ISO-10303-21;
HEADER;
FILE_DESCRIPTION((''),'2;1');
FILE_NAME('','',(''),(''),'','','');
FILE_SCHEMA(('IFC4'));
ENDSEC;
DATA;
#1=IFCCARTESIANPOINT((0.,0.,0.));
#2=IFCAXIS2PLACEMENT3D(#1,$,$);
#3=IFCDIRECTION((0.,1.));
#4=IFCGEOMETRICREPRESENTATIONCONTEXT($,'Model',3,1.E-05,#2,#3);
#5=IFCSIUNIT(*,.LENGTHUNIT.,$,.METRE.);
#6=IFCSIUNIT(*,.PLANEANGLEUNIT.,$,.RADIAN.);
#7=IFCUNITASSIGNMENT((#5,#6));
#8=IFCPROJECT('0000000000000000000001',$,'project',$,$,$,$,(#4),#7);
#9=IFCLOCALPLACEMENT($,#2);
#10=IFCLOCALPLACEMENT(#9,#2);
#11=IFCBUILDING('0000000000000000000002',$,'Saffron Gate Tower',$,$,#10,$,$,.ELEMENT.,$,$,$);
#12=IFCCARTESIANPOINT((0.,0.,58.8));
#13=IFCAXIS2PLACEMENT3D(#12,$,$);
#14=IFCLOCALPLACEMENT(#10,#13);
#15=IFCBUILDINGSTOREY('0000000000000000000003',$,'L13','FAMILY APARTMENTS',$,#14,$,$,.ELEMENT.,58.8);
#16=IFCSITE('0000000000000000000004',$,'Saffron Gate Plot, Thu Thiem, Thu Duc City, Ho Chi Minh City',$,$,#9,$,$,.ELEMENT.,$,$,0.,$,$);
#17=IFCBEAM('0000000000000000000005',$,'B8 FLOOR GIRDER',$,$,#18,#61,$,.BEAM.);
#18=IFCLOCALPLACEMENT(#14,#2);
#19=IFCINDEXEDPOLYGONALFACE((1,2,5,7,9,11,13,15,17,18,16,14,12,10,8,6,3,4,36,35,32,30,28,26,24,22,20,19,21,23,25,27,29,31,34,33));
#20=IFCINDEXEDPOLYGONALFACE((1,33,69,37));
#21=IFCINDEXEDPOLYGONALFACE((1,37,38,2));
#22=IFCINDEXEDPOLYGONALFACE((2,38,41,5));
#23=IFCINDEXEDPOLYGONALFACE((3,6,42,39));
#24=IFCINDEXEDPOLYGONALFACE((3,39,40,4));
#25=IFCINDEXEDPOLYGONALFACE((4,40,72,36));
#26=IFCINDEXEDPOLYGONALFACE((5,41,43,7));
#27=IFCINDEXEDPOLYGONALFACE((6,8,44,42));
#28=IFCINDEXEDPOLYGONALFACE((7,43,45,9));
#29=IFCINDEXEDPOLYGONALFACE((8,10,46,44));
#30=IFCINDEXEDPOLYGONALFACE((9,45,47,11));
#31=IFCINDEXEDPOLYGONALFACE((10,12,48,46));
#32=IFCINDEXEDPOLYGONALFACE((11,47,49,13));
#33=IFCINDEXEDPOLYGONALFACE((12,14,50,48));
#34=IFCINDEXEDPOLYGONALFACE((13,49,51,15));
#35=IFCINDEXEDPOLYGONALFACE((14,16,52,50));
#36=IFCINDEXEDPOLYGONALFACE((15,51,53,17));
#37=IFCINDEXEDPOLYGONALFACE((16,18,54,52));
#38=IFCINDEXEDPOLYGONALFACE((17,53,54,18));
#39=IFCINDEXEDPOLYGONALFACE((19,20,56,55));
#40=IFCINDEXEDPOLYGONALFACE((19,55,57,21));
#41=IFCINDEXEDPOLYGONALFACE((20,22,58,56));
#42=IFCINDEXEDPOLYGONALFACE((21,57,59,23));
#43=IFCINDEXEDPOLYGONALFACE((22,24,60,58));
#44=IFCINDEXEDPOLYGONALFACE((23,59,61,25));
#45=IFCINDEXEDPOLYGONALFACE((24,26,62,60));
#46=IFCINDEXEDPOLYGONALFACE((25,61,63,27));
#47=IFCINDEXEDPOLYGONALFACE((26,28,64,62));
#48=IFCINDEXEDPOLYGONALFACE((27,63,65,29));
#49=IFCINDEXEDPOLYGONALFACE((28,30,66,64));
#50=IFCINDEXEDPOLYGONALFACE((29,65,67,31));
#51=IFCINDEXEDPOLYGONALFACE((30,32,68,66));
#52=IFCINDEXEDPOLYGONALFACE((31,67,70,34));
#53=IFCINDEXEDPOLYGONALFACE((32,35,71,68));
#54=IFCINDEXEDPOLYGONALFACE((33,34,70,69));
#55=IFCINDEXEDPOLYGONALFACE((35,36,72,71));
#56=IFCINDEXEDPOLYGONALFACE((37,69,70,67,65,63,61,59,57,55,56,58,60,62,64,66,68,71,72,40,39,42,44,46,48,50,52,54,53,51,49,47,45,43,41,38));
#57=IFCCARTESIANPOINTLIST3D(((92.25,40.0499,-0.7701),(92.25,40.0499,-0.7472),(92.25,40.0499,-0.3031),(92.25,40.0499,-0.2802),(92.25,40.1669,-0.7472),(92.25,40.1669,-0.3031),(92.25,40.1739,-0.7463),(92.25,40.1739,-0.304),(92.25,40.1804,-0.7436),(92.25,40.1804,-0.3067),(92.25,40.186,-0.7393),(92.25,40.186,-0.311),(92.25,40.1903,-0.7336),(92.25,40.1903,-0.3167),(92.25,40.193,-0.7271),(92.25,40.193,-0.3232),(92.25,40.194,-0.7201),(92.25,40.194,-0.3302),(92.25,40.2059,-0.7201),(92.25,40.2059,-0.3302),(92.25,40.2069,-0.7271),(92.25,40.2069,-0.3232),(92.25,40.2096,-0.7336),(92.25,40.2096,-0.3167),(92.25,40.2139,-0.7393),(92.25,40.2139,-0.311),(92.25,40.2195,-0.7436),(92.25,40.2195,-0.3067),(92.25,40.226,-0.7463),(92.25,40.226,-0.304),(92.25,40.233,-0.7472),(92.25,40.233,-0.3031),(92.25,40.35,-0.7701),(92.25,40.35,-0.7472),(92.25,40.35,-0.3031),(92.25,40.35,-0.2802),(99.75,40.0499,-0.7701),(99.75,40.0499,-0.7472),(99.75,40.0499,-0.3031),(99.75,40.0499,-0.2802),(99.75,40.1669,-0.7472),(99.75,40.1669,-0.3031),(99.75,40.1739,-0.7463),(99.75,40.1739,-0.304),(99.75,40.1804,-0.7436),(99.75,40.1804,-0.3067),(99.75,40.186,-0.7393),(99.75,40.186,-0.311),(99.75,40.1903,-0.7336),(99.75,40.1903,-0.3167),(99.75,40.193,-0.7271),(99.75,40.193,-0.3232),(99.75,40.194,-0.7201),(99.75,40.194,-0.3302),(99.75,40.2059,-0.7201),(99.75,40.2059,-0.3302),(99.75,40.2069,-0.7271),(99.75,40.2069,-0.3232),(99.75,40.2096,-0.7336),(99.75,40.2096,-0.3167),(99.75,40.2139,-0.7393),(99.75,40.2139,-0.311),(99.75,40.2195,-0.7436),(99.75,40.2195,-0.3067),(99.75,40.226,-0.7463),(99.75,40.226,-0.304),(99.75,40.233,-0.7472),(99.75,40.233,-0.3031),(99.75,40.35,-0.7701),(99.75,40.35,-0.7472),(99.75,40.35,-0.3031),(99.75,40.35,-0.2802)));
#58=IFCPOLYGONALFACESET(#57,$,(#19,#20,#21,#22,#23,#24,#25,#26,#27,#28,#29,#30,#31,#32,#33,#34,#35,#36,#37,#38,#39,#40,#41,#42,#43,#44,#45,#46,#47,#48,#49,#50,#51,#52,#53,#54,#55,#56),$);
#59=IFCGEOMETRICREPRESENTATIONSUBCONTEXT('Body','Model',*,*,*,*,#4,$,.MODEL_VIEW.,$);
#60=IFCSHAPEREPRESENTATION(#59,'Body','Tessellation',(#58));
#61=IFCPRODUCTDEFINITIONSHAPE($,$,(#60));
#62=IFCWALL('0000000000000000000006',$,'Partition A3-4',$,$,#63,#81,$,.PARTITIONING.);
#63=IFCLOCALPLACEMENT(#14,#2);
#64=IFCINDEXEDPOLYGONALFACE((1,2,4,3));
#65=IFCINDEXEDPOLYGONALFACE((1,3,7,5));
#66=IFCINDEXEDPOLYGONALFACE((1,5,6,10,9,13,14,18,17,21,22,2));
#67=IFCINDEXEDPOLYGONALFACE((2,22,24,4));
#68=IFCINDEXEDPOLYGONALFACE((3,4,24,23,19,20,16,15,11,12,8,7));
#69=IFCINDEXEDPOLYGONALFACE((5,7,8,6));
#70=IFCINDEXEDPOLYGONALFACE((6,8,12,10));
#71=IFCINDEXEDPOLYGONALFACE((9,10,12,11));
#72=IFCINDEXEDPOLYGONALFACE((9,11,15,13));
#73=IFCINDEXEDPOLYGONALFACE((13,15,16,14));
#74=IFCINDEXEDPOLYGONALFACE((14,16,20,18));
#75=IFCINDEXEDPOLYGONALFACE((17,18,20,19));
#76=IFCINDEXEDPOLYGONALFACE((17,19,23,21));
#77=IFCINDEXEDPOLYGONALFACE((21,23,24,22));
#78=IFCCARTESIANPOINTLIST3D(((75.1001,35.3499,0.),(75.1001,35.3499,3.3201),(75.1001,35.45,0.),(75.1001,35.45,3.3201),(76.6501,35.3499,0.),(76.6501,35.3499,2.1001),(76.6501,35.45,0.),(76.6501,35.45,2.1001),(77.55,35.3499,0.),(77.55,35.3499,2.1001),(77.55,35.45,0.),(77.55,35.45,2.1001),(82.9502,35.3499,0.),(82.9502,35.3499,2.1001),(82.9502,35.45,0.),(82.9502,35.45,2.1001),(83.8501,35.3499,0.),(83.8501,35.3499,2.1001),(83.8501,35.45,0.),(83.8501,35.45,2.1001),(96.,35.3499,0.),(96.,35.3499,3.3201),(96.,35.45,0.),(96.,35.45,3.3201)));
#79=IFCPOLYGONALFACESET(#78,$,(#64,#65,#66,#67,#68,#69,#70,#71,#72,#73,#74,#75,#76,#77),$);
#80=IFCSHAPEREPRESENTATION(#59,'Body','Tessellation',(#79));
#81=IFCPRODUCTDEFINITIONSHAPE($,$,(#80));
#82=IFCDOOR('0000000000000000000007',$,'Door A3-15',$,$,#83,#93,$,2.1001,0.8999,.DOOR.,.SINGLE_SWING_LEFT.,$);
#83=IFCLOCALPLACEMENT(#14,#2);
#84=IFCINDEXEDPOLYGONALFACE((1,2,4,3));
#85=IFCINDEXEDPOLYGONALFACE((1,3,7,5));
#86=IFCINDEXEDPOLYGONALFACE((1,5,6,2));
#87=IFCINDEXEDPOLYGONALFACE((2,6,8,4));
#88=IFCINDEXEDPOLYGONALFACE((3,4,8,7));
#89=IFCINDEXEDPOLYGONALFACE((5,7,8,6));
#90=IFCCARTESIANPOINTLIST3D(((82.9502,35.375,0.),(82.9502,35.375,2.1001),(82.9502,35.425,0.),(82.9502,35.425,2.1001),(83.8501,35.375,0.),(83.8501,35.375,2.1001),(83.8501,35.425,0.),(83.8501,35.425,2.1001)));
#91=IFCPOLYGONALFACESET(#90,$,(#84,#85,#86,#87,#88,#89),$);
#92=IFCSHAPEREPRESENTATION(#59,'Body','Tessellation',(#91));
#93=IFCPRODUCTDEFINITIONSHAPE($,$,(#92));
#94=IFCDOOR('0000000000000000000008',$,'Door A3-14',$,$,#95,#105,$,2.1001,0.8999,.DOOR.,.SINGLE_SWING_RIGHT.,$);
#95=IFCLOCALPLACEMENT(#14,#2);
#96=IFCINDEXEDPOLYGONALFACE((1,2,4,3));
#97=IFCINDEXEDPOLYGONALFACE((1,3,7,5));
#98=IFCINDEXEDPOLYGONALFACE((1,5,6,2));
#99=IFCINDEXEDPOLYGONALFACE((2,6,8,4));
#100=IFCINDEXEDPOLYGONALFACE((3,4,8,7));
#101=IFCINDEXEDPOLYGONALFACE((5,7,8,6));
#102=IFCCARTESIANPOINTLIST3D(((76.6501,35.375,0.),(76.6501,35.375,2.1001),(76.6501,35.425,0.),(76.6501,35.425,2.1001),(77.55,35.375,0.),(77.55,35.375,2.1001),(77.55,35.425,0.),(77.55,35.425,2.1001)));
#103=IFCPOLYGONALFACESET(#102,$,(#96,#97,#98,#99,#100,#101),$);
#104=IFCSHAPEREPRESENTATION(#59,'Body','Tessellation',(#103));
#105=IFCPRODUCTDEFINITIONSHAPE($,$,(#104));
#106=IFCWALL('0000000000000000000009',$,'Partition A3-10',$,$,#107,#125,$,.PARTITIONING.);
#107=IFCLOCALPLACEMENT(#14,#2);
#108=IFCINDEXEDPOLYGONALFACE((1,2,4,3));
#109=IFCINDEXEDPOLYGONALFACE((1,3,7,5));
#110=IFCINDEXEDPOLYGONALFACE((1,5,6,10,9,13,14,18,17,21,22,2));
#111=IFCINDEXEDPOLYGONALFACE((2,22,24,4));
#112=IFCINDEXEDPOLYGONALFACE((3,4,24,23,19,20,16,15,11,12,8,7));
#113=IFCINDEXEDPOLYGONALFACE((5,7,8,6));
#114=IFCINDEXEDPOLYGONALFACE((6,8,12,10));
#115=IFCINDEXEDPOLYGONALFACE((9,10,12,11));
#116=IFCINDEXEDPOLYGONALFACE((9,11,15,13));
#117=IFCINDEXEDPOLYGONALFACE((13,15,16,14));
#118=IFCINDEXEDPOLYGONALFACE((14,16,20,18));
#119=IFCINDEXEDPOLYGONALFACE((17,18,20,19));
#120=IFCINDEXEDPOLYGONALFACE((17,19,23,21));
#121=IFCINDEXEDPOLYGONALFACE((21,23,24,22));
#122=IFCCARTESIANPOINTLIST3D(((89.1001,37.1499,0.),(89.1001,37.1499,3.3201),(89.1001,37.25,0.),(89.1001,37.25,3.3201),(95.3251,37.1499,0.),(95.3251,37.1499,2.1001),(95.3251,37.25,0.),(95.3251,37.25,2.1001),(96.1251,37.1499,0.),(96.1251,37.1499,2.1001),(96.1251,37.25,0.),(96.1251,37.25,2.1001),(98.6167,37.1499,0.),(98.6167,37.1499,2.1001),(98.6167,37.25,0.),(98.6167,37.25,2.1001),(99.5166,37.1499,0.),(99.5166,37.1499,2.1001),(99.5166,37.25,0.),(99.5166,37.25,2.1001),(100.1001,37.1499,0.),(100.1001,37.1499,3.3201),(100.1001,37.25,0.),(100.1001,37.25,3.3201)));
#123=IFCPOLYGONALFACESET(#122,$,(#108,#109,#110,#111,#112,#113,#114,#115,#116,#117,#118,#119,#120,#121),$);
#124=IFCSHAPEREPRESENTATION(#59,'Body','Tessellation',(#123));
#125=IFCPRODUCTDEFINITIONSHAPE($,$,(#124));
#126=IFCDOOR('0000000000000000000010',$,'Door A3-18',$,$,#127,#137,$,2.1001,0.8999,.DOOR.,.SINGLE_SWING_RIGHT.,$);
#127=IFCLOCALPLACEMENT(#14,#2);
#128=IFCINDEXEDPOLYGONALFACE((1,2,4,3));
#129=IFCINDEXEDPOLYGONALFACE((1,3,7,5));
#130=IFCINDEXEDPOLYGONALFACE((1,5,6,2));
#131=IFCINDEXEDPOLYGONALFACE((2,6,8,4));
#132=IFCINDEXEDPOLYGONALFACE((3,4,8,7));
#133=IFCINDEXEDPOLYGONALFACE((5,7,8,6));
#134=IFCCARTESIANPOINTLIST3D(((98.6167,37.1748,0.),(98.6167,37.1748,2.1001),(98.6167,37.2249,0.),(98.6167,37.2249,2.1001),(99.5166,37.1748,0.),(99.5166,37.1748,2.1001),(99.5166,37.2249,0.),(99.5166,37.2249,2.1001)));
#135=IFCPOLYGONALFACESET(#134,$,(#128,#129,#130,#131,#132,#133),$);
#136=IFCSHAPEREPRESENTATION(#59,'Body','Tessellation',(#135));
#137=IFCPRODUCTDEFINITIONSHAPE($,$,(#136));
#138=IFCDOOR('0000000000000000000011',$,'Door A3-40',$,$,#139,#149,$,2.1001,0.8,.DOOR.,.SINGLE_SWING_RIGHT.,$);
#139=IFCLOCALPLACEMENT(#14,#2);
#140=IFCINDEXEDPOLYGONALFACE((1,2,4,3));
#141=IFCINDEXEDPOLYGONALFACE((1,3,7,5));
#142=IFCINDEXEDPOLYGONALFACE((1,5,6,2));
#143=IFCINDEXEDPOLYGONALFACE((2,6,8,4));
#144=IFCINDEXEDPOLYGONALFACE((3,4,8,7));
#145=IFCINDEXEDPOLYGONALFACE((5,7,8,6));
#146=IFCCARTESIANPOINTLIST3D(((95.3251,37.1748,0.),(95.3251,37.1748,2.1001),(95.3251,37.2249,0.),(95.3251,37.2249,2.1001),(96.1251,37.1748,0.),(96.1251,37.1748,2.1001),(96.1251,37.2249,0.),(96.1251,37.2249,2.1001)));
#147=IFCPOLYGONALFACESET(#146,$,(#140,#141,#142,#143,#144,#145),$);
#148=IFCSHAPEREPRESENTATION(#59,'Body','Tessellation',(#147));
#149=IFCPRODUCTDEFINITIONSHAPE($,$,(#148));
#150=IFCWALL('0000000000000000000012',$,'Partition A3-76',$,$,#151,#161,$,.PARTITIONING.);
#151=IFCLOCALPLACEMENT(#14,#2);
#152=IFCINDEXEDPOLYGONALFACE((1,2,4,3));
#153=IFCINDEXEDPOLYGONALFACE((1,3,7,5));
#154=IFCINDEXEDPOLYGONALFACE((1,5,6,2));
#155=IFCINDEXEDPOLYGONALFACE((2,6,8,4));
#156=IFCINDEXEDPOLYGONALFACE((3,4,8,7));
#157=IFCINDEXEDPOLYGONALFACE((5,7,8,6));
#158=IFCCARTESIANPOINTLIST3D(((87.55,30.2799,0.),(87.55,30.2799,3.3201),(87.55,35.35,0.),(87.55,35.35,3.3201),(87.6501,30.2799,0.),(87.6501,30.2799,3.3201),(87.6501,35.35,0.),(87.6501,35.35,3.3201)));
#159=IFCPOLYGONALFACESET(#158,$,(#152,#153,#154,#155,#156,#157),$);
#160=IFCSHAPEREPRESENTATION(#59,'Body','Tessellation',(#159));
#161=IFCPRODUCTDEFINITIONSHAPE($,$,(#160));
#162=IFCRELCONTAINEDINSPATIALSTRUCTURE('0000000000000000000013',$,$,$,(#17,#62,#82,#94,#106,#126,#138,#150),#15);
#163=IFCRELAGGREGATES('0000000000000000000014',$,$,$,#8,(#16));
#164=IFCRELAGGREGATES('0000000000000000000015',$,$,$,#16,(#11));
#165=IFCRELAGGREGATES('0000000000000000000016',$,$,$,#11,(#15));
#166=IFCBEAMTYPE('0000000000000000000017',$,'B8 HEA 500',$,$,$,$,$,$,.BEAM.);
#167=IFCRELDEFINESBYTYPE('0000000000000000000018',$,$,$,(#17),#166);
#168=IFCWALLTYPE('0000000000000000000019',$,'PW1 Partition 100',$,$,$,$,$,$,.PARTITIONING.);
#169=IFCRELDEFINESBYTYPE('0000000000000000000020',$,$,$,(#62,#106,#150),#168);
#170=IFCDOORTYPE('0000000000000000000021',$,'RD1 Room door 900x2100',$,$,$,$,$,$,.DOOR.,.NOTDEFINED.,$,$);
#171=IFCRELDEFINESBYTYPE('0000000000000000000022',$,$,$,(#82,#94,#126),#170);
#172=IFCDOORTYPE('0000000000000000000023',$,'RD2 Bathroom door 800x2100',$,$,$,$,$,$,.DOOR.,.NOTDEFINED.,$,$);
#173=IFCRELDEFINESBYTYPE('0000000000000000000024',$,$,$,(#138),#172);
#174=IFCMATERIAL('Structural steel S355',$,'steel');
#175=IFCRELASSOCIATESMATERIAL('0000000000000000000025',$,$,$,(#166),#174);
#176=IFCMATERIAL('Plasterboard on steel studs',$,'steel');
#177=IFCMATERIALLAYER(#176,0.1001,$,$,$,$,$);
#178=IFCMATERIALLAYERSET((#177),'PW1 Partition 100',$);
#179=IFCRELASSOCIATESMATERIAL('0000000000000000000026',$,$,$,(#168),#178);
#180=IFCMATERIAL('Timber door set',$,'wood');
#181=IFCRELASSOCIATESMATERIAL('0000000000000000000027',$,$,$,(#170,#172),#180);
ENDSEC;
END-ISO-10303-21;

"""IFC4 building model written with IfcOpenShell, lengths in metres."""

from ifc_helpers import new_model, si_unit, direction, frame, frame_2d, origin, origin_2d, place, context, subcontext, project, spatial, rectangle, i_section, extrude, material, layer, layer_set, material_profile, profile_set, type_object, element, fill, save


model = new_model("IFC4")

# Units and contexts
model_context = context("Model", 3, precision=1e-05, world=origin(), true_north=direction((0.0, 1.0)))
body_context = subcontext(model_context, "Body", "Model", "MODEL_VIEW")
ifc_project = project(units=[si_unit("LENGTHUNIT", "METRE"), si_unit("PLANEANGLEUNIT", "RADIAN")], contexts=[model_context])

# Site, building, storey
site_placement = place(None, origin())
site = spatial("IfcSite", under=ifc_project, at=site_placement, Name="Saffron Gate Plot, Thu Thiem, Thu Duc City, Ho Chi Minh City", CompositionType="ELEMENT", RefElevation=0.0)
building_placement = place(site_placement, origin())
building = spatial("IfcBuilding", under=site, at=building_placement, Name="Saffron Gate Tower", CompositionType="ELEMENT")
storey_placement = place(building_placement, frame((0.0, 0.0, 58.8)))
storey = spatial("IfcBuildingStorey", under=building, at=storey_placement, Name="L13", Description="FAMILY APARTMENTS", CompositionType="ELEMENT", Elevation=58.8)

# Beam
ifc_material_1 = material(Name="Structural steel S355", Category="steel")
ifc_material_profile_1 = material_profile(ifc_material_1, i_section(OverallWidth=0.3, OverallDepth=0.49, WebThickness=0.012, FlangeThickness=0.0229, FilletRadius=0.0271, at=origin_2d()))
ifc_profile_set_1 = profile_set([ifc_material_profile_1], Name="Structural steel S355")
beam_type_1 = type_object("IfcBeamType", Name="B8 HEA 500", PredefinedType="BEAM", material=ifc_profile_set_1)
for number, where, z_axis, x_axis, name in (
    (1, (92.25, 40.2, -0.5251), (1.0, 0.0, 0.0), (0.0, 1.0, 0.0), "B8 FLOOR GIRDER"),
):
    element("IfcBeam", number, at=place(storey_placement, frame(where, z_axis=z_axis, x_axis=x_axis)), inside=storey, type_object=beam_type_1, Name=name, PredefinedType="BEAM", context=body_context, shape_type="SweptSolid", body=[
        extrude(i_section(OverallWidth=0.3, OverallDepth=0.49, WebThickness=0.012, FlangeThickness=0.0229, FilletRadius=0.0271, at=origin_2d()), origin(), (0.0, 0.0, 1.0), 7.5),
    ])

# Walls, openings, doors
ifc_material_2 = material(Name="Plasterboard on steel studs", Category="steel")
ifc_layer = layer(ifc_material_2, 0.1001)
ifc_layer_set = layer_set([ifc_layer], Name="PW1 Partition 100")
wall_type = type_object("IfcWallType", Name="PW1 Partition 100", PredefinedType="PARTITIONING", material=ifc_layer_set)
wall_1_placement = place(storey_placement, frame((96.0, 35.3999, 0.0), z_axis=(0.0, 0.0, 1.0), x_axis=(-1.0, 0.0, 0.0)))
wall_1 = element("IfcWall", 2, at=wall_1_placement, inside=storey, type_object=wall_type, Name="Partition A3-4", PredefinedType="PARTITIONING", context=body_context, shape_type="SweptSolid", body=[
    extrude(rectangle(XDim=20.8999, YDim=0.1001, at=frame_2d((10.45, 0.0))), origin(), (0.0, 0.0, 1.0), 3.3201),
])
opening_1_placement = place(wall_1_placement, frame((12.1499, 0.0, 0.0)))
opening_1 = element("IfcOpeningElement", 3, at=opening_1_placement, cuts=wall_1, PredefinedType="OPENING", context=body_context, shape_type="SweptSolid", body=[
    extrude(rectangle(XDim=0.8999, YDim=2.1001, at=frame_2d((0.45, 1.05))), frame((0.0, 0.0601, 0.0), z_axis=(0.0, -1.0, 0.0), x_axis=(1.0, 0.0, 0.0)), (0.0, 0.0, 1.0), 0.1201),
])
opening_2_placement = place(wall_1_placement, frame((18.45, 0.0, 0.0)))
opening_2 = element("IfcOpeningElement", 4, at=opening_2_placement, cuts=wall_1, PredefinedType="OPENING", context=body_context, shape_type="SweptSolid", body=[
    extrude(rectangle(XDim=0.8999, YDim=2.1001, at=frame_2d((0.45, 1.05))), frame((0.0, 0.0601, 0.0), z_axis=(0.0, -1.0, 0.0), x_axis=(1.0, 0.0, 0.0)), (0.0, 0.0, 1.0), 0.1201),
])
ifc_material_3 = material(Name="Timber door set", Category="wood")
door_type_1 = type_object("IfcDoorType", Name="RD1 Room door 900x2100", OperationType="NOTDEFINED", PredefinedType="DOOR", material=ifc_material_3)
door_1_placement = place(opening_1_placement, origin())
door_1 = element("IfcDoor", 5, at=door_1_placement, inside=storey, type_object=door_type_1, Name="Door A3-15", OperationType="SINGLE_SWING_LEFT", OverallHeight=2.1001, OverallWidth=0.8999, PredefinedType="DOOR", context=body_context, shape_type="SweptSolid", body=[
    extrude(rectangle(XDim=0.8999, YDim=2.1001, at=frame_2d((0.45, 1.05))), frame((0.0, 0.0249, 0.0), z_axis=(0.0, -1.0, 0.0), x_axis=(1.0, 0.0, 0.0)), (0.0, 0.0, 1.0), 0.05),
])
fill(opening_1, door_1)
door_2_placement = place(opening_2_placement, origin())
door_2 = element("IfcDoor", 6, at=door_2_placement, inside=storey, type_object=door_type_1, Name="Door A3-14", OperationType="SINGLE_SWING_RIGHT", OverallHeight=2.1001, OverallWidth=0.8999, PredefinedType="DOOR", context=body_context, shape_type="SweptSolid", body=[
    extrude(rectangle(XDim=0.8999, YDim=2.1001, at=frame_2d((0.45, 1.05))), frame((0.0, 0.0249, 0.0), z_axis=(0.0, -1.0, 0.0), x_axis=(1.0, 0.0, 0.0)), (0.0, 0.0, 1.0), 0.05),
])
fill(opening_2, door_2)
wall_2_placement = place(storey_placement, frame((89.1001, 37.2, 0.0), z_axis=(0.0, 0.0, 1.0), x_axis=(1.0, 0.0, 0.0)))
wall_2 = element("IfcWall", 7, at=wall_2_placement, inside=storey, type_object=wall_type, Name="Partition A3-10", PredefinedType="PARTITIONING", context=body_context, shape_type="SweptSolid", body=[
    extrude(rectangle(XDim=11.0, YDim=0.1001, at=frame_2d((5.5, 0.0))), origin(), (0.0, 0.0, 1.0), 3.3201),
])
opening_3_placement = place(wall_2_placement, frame((6.2251, 0.0, 0.0)))
opening_3 = element("IfcOpeningElement", 8, at=opening_3_placement, cuts=wall_2, PredefinedType="OPENING", context=body_context, shape_type="SweptSolid", body=[
    extrude(rectangle(XDim=0.8, YDim=2.1001, at=frame_2d((0.3999, 1.05))), frame((0.0, 0.0601, 0.0), z_axis=(0.0, -1.0, 0.0), x_axis=(1.0, 0.0, 0.0)), (0.0, 0.0, 1.0), 0.1201),
])
opening_4_placement = place(wall_2_placement, frame((9.5166, 0.0, 0.0)))
opening_4 = element("IfcOpeningElement", 9, at=opening_4_placement, cuts=wall_2, PredefinedType="OPENING", context=body_context, shape_type="SweptSolid", body=[
    extrude(rectangle(XDim=0.8999, YDim=2.1001, at=frame_2d((0.45, 1.05))), frame((0.0, 0.0601, 0.0), z_axis=(0.0, -1.0, 0.0), x_axis=(1.0, 0.0, 0.0)), (0.0, 0.0, 1.0), 0.1201),
])
door_3_placement = place(opening_4_placement, origin())
door_3 = element("IfcDoor", 10, at=door_3_placement, inside=storey, type_object=door_type_1, Name="Door A3-18", OperationType="SINGLE_SWING_RIGHT", OverallHeight=2.1001, OverallWidth=0.8999, PredefinedType="DOOR", context=body_context, shape_type="SweptSolid", body=[
    extrude(rectangle(XDim=0.8999, YDim=2.1001, at=frame_2d((0.45, 1.05))), frame((0.0, 0.0249, 0.0), z_axis=(0.0, -1.0, 0.0), x_axis=(1.0, 0.0, 0.0)), (0.0, 0.0, 1.0), 0.05),
])
fill(opening_4, door_3)
door_type_2 = type_object("IfcDoorType", Name="RD2 Bathroom door 800x2100", OperationType="NOTDEFINED", PredefinedType="DOOR", material=ifc_material_3)
door_4_placement = place(opening_3_placement, origin())
door_4 = element("IfcDoor", 11, at=door_4_placement, inside=storey, type_object=door_type_2, Name="Door A3-40", OperationType="SINGLE_SWING_RIGHT", OverallHeight=2.1001, OverallWidth=0.8, PredefinedType="DOOR", context=body_context, shape_type="SweptSolid", body=[
    extrude(rectangle(XDim=0.8, YDim=2.1001, at=frame_2d((0.3999, 1.05))), frame((0.0, 0.0249, 0.0), z_axis=(0.0, -1.0, 0.0), x_axis=(1.0, 0.0, 0.0)), (0.0, 0.0, 1.0), 0.05),
])
fill(opening_3, door_4)

# Wall
wall_3_placement = place(storey_placement, frame((87.6001, 35.3501, 0.0), z_axis=(0.0, 0.0, 1.0), x_axis=(0.0, -1.0, 0.0)))
element("IfcWall", 12, at=wall_3_placement, inside=storey, type_object=wall_type, Name="Partition A3-76", PredefinedType="PARTITIONING", context=body_context, shape_type="SweptSolid", body=[
    extrude(rectangle(XDim=5.0701, YDim=0.1001, at=frame_2d((2.5352, 0.0))), origin(), (0.0, 0.0, 1.0), 3.3201),
])

save(model, "model.ifc")
